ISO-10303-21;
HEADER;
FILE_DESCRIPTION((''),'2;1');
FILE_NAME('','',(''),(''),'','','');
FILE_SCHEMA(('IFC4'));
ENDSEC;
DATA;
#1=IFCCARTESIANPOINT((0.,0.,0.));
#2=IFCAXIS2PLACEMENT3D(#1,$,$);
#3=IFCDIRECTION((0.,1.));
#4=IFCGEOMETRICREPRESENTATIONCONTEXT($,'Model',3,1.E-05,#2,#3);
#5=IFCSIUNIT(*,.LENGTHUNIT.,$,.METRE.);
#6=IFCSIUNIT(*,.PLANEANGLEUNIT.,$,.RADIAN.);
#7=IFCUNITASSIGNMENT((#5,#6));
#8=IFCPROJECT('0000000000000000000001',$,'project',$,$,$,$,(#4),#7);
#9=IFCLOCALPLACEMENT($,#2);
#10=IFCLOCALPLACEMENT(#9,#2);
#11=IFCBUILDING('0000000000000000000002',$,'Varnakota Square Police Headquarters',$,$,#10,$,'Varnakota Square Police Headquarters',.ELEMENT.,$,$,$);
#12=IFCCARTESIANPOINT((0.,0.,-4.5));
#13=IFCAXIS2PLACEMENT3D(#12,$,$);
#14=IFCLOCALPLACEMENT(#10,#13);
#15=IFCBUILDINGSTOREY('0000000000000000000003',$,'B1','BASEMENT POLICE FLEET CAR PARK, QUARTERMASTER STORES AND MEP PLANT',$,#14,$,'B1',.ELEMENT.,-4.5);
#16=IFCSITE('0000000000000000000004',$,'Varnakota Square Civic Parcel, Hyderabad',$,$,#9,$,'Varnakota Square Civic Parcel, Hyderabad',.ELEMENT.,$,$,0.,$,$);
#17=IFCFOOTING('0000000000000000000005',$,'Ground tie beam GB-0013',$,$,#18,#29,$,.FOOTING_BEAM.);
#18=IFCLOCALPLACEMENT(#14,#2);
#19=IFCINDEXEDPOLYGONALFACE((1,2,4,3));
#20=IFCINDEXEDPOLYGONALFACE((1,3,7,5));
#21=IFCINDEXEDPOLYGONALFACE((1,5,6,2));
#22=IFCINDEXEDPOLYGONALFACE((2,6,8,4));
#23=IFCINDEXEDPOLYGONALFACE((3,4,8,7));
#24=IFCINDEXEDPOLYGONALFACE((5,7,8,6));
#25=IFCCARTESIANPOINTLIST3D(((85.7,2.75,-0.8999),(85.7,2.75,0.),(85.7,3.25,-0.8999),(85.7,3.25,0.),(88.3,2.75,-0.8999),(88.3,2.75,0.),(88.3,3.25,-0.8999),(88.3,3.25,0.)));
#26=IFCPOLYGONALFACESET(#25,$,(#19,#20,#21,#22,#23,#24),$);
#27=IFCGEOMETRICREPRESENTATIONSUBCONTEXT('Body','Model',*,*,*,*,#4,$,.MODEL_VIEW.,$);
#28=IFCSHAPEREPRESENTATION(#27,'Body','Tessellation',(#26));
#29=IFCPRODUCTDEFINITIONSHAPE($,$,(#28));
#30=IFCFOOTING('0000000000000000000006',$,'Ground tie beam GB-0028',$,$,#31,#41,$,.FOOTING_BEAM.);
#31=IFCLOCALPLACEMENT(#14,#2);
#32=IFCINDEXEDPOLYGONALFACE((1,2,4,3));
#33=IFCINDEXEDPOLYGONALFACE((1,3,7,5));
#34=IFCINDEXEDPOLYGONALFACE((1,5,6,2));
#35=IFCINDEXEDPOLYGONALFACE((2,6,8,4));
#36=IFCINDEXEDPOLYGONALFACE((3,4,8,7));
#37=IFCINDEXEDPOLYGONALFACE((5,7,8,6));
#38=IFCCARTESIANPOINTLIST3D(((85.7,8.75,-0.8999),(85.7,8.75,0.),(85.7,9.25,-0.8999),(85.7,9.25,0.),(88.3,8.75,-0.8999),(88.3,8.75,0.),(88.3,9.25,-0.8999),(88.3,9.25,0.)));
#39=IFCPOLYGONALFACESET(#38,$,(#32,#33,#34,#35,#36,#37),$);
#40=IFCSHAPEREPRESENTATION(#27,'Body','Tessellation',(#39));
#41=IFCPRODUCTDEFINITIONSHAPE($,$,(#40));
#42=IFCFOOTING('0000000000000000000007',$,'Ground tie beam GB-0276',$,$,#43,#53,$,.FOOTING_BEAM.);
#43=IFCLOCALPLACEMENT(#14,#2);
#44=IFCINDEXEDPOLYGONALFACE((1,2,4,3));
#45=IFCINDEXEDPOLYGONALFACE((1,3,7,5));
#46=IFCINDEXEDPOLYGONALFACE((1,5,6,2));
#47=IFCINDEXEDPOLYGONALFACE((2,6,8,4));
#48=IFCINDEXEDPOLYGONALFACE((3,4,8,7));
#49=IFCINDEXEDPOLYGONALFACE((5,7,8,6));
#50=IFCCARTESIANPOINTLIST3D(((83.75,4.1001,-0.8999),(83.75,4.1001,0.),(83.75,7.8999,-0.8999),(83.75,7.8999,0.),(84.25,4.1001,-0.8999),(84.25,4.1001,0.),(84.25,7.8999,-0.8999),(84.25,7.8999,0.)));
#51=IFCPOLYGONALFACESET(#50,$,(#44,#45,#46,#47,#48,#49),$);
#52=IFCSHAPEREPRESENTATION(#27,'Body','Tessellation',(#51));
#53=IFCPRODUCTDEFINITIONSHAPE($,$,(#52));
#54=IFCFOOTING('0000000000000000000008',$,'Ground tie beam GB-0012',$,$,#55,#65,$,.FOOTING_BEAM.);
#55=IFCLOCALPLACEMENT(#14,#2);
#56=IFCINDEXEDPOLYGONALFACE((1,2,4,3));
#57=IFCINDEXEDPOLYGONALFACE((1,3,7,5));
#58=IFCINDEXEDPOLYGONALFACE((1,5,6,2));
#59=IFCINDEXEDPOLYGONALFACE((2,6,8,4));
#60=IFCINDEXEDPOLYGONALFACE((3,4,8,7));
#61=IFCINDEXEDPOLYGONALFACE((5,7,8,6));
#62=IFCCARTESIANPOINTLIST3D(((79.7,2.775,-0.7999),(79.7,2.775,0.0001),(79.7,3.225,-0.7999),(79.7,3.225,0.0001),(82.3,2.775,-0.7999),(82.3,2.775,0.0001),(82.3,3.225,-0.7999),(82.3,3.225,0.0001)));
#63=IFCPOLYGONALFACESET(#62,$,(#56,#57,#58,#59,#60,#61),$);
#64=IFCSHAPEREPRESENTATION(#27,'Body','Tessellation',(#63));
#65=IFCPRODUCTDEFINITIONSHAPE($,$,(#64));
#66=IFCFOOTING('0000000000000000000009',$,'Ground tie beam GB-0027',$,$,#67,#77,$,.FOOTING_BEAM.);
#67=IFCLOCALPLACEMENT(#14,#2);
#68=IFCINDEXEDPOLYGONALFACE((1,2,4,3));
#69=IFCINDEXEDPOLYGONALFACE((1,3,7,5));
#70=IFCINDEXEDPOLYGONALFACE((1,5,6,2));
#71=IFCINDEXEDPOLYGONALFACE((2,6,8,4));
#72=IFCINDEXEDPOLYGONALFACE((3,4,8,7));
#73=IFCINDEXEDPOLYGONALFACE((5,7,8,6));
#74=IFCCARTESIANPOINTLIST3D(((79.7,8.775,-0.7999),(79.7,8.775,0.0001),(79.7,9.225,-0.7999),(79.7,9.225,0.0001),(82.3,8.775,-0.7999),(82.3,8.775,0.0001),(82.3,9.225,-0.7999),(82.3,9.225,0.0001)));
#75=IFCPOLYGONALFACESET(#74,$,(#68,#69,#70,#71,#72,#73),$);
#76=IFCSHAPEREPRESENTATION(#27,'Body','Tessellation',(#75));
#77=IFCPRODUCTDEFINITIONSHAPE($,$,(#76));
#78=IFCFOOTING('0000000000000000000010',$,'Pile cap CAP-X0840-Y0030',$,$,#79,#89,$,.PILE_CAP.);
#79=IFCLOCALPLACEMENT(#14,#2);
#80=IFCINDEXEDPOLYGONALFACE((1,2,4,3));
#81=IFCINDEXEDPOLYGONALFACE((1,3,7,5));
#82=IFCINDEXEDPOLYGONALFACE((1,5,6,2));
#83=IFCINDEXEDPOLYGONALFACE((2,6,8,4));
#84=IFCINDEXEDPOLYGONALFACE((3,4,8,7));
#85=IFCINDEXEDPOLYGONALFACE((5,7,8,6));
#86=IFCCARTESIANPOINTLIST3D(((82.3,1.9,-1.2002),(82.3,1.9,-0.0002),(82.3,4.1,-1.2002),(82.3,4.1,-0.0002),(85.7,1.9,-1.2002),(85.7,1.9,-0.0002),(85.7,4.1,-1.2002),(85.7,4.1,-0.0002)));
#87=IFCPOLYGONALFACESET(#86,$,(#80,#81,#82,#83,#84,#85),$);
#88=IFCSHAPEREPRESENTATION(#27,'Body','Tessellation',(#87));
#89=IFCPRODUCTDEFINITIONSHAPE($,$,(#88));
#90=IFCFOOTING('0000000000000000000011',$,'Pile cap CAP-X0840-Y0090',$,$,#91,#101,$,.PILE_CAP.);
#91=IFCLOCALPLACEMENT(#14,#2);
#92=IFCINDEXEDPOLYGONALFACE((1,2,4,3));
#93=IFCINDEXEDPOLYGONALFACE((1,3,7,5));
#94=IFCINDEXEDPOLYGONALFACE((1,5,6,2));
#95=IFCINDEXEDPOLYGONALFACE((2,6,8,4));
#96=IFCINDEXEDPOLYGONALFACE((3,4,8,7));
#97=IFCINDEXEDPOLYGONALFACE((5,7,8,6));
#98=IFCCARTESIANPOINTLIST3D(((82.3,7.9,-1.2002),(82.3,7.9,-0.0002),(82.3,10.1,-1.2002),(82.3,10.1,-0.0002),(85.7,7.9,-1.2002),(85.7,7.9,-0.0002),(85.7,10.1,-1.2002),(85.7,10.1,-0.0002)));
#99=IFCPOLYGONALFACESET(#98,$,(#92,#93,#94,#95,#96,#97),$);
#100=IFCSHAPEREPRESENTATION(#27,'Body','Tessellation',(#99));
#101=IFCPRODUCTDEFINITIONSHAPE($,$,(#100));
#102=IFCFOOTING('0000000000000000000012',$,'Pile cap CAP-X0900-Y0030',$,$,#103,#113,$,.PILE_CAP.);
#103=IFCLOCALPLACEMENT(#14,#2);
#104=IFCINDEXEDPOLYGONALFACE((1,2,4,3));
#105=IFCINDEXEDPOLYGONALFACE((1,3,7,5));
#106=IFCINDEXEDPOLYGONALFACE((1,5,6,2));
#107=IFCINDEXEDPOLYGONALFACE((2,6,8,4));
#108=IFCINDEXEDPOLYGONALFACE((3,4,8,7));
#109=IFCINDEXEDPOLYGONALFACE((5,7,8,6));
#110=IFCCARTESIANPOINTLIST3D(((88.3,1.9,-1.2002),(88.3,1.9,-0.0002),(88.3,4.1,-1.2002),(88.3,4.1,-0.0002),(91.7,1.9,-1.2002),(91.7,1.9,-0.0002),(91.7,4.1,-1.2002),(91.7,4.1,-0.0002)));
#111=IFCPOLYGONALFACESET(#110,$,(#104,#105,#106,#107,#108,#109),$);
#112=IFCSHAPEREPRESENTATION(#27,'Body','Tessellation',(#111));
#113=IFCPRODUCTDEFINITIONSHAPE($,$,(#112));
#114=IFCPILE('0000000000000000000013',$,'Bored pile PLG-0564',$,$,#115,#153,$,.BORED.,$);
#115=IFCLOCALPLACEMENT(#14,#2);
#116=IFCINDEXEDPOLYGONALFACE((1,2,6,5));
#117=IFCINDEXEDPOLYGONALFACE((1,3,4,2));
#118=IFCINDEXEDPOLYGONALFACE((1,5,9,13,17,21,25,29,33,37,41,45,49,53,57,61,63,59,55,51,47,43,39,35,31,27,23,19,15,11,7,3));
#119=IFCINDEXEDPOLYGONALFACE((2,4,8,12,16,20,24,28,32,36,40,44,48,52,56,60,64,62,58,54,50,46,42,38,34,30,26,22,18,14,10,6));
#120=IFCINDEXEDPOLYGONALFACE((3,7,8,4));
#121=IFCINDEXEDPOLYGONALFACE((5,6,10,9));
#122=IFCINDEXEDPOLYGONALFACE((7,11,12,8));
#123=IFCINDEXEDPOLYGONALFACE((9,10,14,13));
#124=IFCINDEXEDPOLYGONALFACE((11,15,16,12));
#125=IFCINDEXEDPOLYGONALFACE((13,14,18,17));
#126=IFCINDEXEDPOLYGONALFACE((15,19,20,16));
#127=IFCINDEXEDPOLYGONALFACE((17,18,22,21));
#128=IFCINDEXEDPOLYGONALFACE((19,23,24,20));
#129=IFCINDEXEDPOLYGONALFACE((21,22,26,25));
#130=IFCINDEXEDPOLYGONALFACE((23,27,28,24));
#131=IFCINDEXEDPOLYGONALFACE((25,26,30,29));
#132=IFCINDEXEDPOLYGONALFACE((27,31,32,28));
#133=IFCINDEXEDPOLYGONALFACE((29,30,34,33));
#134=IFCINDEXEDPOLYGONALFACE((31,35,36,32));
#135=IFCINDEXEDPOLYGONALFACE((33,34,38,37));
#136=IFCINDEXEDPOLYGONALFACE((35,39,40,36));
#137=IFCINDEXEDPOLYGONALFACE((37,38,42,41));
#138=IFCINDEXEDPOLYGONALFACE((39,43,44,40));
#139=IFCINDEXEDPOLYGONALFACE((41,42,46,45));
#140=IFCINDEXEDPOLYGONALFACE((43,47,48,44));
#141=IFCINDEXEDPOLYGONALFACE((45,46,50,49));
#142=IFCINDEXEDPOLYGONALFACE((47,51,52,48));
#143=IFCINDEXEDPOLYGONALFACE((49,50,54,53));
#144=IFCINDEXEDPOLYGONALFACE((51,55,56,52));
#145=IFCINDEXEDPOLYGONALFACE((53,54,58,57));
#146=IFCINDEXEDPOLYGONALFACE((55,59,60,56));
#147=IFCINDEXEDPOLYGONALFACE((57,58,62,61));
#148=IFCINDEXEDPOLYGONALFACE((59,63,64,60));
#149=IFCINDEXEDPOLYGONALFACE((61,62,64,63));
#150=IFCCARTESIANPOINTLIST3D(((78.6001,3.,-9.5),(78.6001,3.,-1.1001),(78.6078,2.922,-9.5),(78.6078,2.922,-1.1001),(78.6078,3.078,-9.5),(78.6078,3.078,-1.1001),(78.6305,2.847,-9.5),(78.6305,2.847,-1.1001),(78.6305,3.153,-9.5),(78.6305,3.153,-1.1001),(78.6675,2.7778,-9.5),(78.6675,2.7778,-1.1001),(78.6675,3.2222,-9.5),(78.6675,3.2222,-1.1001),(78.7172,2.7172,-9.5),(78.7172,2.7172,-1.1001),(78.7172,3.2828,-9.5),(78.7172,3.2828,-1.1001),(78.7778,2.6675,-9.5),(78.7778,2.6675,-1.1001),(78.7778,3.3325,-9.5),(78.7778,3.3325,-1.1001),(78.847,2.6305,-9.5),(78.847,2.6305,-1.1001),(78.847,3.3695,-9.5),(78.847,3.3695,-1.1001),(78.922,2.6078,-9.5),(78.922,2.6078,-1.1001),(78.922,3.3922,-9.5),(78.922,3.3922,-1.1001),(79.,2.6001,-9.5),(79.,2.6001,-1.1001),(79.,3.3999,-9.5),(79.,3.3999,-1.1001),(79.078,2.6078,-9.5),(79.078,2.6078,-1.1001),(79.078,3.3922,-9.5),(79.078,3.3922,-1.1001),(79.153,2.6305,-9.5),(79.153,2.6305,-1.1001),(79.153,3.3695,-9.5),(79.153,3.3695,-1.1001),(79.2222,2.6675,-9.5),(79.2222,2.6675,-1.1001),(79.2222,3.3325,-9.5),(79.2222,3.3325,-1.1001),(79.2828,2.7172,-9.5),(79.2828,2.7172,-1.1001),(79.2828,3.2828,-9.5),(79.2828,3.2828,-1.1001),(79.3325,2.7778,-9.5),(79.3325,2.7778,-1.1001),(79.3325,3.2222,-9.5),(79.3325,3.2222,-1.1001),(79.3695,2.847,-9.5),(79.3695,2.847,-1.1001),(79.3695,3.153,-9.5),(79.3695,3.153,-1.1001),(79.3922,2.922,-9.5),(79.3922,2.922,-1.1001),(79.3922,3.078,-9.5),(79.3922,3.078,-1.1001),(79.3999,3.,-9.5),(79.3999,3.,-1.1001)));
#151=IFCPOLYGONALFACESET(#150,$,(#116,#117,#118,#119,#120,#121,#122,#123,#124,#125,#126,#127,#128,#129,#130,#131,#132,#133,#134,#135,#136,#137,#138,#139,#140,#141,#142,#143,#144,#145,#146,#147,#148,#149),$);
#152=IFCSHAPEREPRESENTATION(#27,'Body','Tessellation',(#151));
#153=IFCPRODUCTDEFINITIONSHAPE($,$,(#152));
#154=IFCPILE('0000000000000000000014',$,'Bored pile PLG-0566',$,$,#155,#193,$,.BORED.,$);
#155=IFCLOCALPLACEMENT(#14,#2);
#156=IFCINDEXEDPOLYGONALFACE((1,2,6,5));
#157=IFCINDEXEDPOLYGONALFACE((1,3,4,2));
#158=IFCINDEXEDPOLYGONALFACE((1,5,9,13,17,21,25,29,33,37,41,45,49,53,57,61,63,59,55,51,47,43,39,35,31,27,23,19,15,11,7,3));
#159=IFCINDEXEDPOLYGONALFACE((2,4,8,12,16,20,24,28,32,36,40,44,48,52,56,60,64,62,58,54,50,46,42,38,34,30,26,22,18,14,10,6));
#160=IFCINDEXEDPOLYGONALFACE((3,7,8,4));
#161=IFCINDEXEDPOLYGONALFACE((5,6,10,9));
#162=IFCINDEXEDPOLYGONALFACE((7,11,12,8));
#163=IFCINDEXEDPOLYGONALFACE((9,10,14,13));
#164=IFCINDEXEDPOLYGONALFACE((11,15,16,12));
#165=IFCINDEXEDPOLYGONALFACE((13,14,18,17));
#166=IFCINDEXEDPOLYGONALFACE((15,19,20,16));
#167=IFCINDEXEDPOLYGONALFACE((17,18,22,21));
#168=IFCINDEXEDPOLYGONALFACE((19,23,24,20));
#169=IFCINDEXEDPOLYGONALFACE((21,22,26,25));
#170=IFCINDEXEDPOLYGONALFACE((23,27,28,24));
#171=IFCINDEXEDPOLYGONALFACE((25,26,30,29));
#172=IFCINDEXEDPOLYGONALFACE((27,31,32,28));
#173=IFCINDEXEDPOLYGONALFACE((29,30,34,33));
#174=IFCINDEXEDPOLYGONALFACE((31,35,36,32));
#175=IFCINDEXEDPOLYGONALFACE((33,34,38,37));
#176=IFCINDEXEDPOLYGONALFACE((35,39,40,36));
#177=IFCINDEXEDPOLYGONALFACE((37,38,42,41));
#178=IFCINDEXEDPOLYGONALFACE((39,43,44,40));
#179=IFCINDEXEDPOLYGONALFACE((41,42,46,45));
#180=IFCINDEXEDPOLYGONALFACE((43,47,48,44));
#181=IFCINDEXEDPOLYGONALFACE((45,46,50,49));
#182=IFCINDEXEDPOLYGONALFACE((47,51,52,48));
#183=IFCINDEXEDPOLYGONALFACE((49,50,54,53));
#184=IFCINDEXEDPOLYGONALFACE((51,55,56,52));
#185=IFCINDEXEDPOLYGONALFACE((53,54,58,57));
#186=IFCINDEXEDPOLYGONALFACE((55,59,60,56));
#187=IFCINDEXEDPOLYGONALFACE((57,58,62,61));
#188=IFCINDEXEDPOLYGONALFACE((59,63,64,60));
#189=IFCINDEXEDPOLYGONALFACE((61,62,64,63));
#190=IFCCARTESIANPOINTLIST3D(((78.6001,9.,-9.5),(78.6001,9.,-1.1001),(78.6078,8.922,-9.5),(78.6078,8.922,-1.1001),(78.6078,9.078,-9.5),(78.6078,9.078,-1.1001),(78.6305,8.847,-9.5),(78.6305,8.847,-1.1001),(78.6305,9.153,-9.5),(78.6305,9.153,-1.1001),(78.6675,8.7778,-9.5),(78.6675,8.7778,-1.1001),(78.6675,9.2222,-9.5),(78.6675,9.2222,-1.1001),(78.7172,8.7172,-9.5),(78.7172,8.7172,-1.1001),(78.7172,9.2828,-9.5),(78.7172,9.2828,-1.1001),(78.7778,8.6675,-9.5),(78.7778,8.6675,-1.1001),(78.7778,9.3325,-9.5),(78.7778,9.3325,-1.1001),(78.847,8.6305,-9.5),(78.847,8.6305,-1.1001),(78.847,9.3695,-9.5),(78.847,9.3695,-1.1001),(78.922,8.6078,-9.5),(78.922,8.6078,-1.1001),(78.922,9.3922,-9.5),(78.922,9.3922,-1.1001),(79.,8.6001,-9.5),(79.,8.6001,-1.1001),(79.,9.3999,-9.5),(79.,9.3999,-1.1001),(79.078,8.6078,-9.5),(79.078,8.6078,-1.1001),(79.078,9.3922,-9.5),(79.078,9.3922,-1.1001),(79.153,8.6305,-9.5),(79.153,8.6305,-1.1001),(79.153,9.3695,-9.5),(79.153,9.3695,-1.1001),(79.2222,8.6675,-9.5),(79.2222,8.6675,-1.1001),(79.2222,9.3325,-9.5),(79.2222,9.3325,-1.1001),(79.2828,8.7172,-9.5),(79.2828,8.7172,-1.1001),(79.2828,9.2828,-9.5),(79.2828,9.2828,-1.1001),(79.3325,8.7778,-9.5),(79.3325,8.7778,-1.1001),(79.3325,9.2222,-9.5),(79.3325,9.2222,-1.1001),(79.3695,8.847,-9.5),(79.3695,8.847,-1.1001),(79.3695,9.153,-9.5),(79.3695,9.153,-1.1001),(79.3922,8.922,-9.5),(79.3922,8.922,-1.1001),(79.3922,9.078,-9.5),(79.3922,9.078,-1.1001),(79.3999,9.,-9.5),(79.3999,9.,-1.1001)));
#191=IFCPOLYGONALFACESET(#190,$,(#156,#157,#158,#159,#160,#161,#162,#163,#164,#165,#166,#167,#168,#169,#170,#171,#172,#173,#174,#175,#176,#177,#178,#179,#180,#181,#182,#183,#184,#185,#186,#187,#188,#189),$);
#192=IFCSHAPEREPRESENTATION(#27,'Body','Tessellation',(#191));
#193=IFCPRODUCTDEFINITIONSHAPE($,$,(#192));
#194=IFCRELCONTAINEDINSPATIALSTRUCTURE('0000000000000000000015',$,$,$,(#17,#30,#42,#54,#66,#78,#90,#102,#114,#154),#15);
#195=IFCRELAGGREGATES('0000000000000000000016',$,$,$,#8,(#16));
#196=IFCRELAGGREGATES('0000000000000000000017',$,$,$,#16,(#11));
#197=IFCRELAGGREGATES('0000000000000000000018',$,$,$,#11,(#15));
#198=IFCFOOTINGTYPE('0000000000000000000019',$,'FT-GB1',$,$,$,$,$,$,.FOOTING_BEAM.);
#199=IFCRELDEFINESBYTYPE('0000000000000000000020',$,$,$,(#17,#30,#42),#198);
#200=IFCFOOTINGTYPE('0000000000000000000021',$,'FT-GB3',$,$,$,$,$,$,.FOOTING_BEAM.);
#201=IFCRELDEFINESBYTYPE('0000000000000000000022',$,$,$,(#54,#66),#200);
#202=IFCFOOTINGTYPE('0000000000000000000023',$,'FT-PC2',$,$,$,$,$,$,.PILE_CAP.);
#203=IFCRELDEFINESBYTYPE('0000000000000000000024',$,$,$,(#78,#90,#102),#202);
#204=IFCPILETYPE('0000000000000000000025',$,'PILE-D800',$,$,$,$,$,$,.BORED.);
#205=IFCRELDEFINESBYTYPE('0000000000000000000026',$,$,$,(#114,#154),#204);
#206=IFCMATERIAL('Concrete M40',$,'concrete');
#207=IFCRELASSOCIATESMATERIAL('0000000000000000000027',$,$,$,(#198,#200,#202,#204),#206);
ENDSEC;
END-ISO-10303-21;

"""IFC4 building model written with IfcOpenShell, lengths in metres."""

from ifc_helpers import new_model, si_unit, direction, frame, origin, origin_2d, place, context, subcontext, project, spatial, rectangle, circle, extrude, material, material_profile, profile_set, type_object, element, save


model = new_model("IFC4")

# Units and contexts
model_context = context("Model", 3, precision=1e-05, world=origin(), true_north=direction((0.0, 1.0)))
body_context = subcontext(model_context, "Body", "Model", "MODEL_VIEW")
ifc_project = project(units=[si_unit("LENGTHUNIT", "METRE"), si_unit("PLANEANGLEUNIT", "RADIAN")], contexts=[model_context])

# Site, building, storey
site_placement = place(None, origin())
site = spatial("IfcSite", under=ifc_project, at=site_placement, Name="Varnakota Square Civic Parcel, Hyderabad", LongName="Varnakota Square Civic Parcel, Hyderabad", CompositionType="ELEMENT", RefElevation=0.0)
building_placement = place(site_placement, origin())
building = spatial("IfcBuilding", under=site, at=building_placement, Name="Varnakota Square Police Headquarters", LongName="Varnakota Square Police Headquarters", CompositionType="ELEMENT")
storey_placement = place(building_placement, frame((0.0, 0.0, -4.5)))
storey = spatial("IfcBuildingStorey", under=building, at=storey_placement, Name="B1", Description="BASEMENT POLICE FLEET CAR PARK, QUARTERMASTER STORES AND MEP PLANT", LongName="B1", CompositionType="ELEMENT", Elevation=-4.5)

# Footings
ifc_material_1 = material(Name="Concrete M40", Category="concrete")
ifc_material_profile_1 = material_profile(ifc_material_1, rectangle(XDim=0.5, YDim=0.8999, at=origin_2d()), Name="GB 500x900")
ifc_profile_set_1 = profile_set([ifc_material_profile_1], Name="Concrete M40")
footing_type_1 = type_object("IfcFootingType", Name="FT-GB1", PredefinedType="FOOTING_BEAM", material=ifc_profile_set_1)
for number, where, z_axis, x_axis, name in (
    (1, (85.7, 3.0, -0.45), (1.0, 0.0, 0.0), (0.0, 1.0, 0.0), "Ground tie beam GB-0013"),
    (2, (85.7, 9.0, -0.45), (1.0, 0.0, 0.0), (0.0, 1.0, 0.0), "Ground tie beam GB-0028"),
):
    element("IfcFooting", number, at=place(storey_placement, frame(where, z_axis=z_axis, x_axis=x_axis)), inside=storey, type_object=footing_type_1, Name=name, PredefinedType="FOOTING_BEAM", context=body_context, shape_type="SweptSolid", body=[
        extrude(rectangle(XDim=0.5, YDim=0.8999, at=origin_2d()), origin(), (0.0, 0.0, 1.0), 2.6001),
    ])
footing_placement = place(storey_placement, frame((84.0, 4.1001, -0.45), z_axis=(0.0, 1.0, 0.0), x_axis=(-1.0, 0.0, 0.0)))
element("IfcFooting", 3, at=footing_placement, inside=storey, type_object=footing_type_1, Name="Ground tie beam GB-0276", PredefinedType="FOOTING_BEAM", context=body_context, shape_type="SweptSolid", body=[
    extrude(rectangle(XDim=0.5, YDim=0.8999, at=origin_2d()), origin(), (0.0, 0.0, 1.0), 3.7998),
])
ifc_material_profile_2 = material_profile(ifc_material_1, rectangle(XDim=0.45, YDim=0.8, at=origin_2d()), Name="GB 450x800")
ifc_profile_set_2 = profile_set([ifc_material_profile_2], Name="Concrete M40")
footing_type_2 = type_object("IfcFootingType", Name="FT-GB3", PredefinedType="FOOTING_BEAM", material=ifc_profile_set_2)
for number, where, z_axis, x_axis, name in (
    (4, (79.7, 3.0, -0.3999), (1.0, 0.0, 0.0), (0.0, 1.0, 0.0), "Ground tie beam GB-0012"),
    (5, (79.7, 9.0, -0.3999), (1.0, 0.0, 0.0), (0.0, 1.0, 0.0), "Ground tie beam GB-0027"),
):
    element("IfcFooting", number, at=place(storey_placement, frame(where, z_axis=z_axis, x_axis=x_axis)), inside=storey, type_object=footing_type_2, Name=name, PredefinedType="FOOTING_BEAM", context=body_context, shape_type="SweptSolid", body=[
        extrude(rectangle(XDim=0.45, YDim=0.8, at=origin_2d()), origin(), (0.0, 0.0, 1.0), 2.6001),
    ])
footing_type_3 = type_object("IfcFootingType", Name="FT-PC2", PredefinedType="PILE_CAP", material=ifc_material_1)
for number, where, z_axis, x_axis, name in (
    (6, (84.0, 3.0, -1.2002), (0.0, 0.0, 1.0), (1.0, 0.0, 0.0), "Pile cap CAP-X0840-Y0030"),
    (7, (84.0, 9.0, -1.2002), (0.0, 0.0, 1.0), (1.0, 0.0, 0.0), "Pile cap CAP-X0840-Y0090"),
    (8, (90.0, 3.0, -1.2002), (0.0, 0.0, 1.0), (1.0, 0.0, 0.0), "Pile cap CAP-X0900-Y0030"),
):
    element("IfcFooting", number, at=place(storey_placement, frame(where, z_axis=z_axis, x_axis=x_axis)), inside=storey, type_object=footing_type_3, Name=name, PredefinedType="PILE_CAP", context=body_context, shape_type="SweptSolid", body=[
        extrude(rectangle(XDim=3.3999, YDim=2.2, at=origin_2d()), origin(), (0.0, 0.0, 1.0), 1.2),
    ])

# Piles
ifc_material_profile_3 = material_profile(ifc_material_1, circle(Radius=0.3999, at=origin_2d()), Name="BORED PILE 800")
ifc_profile_set_3 = profile_set([ifc_material_profile_3], Name="Concrete M40")
pile_type = type_object("IfcPileType", Name="PILE-D800", PredefinedType="BORED", material=ifc_profile_set_3)
for number, where, z_axis, x_axis, name in (
    (9, (79.0, 3.0, -1.1001), (0.0, 0.0, -1.0), (1.0, 0.0, 0.0), "Bored pile PLG-0564"),
    (10, (79.0, 9.0, -1.1001), (0.0, 0.0, -1.0), (1.0, 0.0, 0.0), "Bored pile PLG-0566"),
):
    element("IfcPile", number, at=place(storey_placement, frame(where, z_axis=z_axis, x_axis=x_axis)), inside=storey, type_object=pile_type, Name=name, PredefinedType="BORED", context=body_context, shape_type="SweptSolid", body=[
        extrude(circle(Radius=0.3999, at=origin_2d()), origin(), (0.0, 0.0, 1.0), 8.3999),
    ])

save(model, "model.ifc")
